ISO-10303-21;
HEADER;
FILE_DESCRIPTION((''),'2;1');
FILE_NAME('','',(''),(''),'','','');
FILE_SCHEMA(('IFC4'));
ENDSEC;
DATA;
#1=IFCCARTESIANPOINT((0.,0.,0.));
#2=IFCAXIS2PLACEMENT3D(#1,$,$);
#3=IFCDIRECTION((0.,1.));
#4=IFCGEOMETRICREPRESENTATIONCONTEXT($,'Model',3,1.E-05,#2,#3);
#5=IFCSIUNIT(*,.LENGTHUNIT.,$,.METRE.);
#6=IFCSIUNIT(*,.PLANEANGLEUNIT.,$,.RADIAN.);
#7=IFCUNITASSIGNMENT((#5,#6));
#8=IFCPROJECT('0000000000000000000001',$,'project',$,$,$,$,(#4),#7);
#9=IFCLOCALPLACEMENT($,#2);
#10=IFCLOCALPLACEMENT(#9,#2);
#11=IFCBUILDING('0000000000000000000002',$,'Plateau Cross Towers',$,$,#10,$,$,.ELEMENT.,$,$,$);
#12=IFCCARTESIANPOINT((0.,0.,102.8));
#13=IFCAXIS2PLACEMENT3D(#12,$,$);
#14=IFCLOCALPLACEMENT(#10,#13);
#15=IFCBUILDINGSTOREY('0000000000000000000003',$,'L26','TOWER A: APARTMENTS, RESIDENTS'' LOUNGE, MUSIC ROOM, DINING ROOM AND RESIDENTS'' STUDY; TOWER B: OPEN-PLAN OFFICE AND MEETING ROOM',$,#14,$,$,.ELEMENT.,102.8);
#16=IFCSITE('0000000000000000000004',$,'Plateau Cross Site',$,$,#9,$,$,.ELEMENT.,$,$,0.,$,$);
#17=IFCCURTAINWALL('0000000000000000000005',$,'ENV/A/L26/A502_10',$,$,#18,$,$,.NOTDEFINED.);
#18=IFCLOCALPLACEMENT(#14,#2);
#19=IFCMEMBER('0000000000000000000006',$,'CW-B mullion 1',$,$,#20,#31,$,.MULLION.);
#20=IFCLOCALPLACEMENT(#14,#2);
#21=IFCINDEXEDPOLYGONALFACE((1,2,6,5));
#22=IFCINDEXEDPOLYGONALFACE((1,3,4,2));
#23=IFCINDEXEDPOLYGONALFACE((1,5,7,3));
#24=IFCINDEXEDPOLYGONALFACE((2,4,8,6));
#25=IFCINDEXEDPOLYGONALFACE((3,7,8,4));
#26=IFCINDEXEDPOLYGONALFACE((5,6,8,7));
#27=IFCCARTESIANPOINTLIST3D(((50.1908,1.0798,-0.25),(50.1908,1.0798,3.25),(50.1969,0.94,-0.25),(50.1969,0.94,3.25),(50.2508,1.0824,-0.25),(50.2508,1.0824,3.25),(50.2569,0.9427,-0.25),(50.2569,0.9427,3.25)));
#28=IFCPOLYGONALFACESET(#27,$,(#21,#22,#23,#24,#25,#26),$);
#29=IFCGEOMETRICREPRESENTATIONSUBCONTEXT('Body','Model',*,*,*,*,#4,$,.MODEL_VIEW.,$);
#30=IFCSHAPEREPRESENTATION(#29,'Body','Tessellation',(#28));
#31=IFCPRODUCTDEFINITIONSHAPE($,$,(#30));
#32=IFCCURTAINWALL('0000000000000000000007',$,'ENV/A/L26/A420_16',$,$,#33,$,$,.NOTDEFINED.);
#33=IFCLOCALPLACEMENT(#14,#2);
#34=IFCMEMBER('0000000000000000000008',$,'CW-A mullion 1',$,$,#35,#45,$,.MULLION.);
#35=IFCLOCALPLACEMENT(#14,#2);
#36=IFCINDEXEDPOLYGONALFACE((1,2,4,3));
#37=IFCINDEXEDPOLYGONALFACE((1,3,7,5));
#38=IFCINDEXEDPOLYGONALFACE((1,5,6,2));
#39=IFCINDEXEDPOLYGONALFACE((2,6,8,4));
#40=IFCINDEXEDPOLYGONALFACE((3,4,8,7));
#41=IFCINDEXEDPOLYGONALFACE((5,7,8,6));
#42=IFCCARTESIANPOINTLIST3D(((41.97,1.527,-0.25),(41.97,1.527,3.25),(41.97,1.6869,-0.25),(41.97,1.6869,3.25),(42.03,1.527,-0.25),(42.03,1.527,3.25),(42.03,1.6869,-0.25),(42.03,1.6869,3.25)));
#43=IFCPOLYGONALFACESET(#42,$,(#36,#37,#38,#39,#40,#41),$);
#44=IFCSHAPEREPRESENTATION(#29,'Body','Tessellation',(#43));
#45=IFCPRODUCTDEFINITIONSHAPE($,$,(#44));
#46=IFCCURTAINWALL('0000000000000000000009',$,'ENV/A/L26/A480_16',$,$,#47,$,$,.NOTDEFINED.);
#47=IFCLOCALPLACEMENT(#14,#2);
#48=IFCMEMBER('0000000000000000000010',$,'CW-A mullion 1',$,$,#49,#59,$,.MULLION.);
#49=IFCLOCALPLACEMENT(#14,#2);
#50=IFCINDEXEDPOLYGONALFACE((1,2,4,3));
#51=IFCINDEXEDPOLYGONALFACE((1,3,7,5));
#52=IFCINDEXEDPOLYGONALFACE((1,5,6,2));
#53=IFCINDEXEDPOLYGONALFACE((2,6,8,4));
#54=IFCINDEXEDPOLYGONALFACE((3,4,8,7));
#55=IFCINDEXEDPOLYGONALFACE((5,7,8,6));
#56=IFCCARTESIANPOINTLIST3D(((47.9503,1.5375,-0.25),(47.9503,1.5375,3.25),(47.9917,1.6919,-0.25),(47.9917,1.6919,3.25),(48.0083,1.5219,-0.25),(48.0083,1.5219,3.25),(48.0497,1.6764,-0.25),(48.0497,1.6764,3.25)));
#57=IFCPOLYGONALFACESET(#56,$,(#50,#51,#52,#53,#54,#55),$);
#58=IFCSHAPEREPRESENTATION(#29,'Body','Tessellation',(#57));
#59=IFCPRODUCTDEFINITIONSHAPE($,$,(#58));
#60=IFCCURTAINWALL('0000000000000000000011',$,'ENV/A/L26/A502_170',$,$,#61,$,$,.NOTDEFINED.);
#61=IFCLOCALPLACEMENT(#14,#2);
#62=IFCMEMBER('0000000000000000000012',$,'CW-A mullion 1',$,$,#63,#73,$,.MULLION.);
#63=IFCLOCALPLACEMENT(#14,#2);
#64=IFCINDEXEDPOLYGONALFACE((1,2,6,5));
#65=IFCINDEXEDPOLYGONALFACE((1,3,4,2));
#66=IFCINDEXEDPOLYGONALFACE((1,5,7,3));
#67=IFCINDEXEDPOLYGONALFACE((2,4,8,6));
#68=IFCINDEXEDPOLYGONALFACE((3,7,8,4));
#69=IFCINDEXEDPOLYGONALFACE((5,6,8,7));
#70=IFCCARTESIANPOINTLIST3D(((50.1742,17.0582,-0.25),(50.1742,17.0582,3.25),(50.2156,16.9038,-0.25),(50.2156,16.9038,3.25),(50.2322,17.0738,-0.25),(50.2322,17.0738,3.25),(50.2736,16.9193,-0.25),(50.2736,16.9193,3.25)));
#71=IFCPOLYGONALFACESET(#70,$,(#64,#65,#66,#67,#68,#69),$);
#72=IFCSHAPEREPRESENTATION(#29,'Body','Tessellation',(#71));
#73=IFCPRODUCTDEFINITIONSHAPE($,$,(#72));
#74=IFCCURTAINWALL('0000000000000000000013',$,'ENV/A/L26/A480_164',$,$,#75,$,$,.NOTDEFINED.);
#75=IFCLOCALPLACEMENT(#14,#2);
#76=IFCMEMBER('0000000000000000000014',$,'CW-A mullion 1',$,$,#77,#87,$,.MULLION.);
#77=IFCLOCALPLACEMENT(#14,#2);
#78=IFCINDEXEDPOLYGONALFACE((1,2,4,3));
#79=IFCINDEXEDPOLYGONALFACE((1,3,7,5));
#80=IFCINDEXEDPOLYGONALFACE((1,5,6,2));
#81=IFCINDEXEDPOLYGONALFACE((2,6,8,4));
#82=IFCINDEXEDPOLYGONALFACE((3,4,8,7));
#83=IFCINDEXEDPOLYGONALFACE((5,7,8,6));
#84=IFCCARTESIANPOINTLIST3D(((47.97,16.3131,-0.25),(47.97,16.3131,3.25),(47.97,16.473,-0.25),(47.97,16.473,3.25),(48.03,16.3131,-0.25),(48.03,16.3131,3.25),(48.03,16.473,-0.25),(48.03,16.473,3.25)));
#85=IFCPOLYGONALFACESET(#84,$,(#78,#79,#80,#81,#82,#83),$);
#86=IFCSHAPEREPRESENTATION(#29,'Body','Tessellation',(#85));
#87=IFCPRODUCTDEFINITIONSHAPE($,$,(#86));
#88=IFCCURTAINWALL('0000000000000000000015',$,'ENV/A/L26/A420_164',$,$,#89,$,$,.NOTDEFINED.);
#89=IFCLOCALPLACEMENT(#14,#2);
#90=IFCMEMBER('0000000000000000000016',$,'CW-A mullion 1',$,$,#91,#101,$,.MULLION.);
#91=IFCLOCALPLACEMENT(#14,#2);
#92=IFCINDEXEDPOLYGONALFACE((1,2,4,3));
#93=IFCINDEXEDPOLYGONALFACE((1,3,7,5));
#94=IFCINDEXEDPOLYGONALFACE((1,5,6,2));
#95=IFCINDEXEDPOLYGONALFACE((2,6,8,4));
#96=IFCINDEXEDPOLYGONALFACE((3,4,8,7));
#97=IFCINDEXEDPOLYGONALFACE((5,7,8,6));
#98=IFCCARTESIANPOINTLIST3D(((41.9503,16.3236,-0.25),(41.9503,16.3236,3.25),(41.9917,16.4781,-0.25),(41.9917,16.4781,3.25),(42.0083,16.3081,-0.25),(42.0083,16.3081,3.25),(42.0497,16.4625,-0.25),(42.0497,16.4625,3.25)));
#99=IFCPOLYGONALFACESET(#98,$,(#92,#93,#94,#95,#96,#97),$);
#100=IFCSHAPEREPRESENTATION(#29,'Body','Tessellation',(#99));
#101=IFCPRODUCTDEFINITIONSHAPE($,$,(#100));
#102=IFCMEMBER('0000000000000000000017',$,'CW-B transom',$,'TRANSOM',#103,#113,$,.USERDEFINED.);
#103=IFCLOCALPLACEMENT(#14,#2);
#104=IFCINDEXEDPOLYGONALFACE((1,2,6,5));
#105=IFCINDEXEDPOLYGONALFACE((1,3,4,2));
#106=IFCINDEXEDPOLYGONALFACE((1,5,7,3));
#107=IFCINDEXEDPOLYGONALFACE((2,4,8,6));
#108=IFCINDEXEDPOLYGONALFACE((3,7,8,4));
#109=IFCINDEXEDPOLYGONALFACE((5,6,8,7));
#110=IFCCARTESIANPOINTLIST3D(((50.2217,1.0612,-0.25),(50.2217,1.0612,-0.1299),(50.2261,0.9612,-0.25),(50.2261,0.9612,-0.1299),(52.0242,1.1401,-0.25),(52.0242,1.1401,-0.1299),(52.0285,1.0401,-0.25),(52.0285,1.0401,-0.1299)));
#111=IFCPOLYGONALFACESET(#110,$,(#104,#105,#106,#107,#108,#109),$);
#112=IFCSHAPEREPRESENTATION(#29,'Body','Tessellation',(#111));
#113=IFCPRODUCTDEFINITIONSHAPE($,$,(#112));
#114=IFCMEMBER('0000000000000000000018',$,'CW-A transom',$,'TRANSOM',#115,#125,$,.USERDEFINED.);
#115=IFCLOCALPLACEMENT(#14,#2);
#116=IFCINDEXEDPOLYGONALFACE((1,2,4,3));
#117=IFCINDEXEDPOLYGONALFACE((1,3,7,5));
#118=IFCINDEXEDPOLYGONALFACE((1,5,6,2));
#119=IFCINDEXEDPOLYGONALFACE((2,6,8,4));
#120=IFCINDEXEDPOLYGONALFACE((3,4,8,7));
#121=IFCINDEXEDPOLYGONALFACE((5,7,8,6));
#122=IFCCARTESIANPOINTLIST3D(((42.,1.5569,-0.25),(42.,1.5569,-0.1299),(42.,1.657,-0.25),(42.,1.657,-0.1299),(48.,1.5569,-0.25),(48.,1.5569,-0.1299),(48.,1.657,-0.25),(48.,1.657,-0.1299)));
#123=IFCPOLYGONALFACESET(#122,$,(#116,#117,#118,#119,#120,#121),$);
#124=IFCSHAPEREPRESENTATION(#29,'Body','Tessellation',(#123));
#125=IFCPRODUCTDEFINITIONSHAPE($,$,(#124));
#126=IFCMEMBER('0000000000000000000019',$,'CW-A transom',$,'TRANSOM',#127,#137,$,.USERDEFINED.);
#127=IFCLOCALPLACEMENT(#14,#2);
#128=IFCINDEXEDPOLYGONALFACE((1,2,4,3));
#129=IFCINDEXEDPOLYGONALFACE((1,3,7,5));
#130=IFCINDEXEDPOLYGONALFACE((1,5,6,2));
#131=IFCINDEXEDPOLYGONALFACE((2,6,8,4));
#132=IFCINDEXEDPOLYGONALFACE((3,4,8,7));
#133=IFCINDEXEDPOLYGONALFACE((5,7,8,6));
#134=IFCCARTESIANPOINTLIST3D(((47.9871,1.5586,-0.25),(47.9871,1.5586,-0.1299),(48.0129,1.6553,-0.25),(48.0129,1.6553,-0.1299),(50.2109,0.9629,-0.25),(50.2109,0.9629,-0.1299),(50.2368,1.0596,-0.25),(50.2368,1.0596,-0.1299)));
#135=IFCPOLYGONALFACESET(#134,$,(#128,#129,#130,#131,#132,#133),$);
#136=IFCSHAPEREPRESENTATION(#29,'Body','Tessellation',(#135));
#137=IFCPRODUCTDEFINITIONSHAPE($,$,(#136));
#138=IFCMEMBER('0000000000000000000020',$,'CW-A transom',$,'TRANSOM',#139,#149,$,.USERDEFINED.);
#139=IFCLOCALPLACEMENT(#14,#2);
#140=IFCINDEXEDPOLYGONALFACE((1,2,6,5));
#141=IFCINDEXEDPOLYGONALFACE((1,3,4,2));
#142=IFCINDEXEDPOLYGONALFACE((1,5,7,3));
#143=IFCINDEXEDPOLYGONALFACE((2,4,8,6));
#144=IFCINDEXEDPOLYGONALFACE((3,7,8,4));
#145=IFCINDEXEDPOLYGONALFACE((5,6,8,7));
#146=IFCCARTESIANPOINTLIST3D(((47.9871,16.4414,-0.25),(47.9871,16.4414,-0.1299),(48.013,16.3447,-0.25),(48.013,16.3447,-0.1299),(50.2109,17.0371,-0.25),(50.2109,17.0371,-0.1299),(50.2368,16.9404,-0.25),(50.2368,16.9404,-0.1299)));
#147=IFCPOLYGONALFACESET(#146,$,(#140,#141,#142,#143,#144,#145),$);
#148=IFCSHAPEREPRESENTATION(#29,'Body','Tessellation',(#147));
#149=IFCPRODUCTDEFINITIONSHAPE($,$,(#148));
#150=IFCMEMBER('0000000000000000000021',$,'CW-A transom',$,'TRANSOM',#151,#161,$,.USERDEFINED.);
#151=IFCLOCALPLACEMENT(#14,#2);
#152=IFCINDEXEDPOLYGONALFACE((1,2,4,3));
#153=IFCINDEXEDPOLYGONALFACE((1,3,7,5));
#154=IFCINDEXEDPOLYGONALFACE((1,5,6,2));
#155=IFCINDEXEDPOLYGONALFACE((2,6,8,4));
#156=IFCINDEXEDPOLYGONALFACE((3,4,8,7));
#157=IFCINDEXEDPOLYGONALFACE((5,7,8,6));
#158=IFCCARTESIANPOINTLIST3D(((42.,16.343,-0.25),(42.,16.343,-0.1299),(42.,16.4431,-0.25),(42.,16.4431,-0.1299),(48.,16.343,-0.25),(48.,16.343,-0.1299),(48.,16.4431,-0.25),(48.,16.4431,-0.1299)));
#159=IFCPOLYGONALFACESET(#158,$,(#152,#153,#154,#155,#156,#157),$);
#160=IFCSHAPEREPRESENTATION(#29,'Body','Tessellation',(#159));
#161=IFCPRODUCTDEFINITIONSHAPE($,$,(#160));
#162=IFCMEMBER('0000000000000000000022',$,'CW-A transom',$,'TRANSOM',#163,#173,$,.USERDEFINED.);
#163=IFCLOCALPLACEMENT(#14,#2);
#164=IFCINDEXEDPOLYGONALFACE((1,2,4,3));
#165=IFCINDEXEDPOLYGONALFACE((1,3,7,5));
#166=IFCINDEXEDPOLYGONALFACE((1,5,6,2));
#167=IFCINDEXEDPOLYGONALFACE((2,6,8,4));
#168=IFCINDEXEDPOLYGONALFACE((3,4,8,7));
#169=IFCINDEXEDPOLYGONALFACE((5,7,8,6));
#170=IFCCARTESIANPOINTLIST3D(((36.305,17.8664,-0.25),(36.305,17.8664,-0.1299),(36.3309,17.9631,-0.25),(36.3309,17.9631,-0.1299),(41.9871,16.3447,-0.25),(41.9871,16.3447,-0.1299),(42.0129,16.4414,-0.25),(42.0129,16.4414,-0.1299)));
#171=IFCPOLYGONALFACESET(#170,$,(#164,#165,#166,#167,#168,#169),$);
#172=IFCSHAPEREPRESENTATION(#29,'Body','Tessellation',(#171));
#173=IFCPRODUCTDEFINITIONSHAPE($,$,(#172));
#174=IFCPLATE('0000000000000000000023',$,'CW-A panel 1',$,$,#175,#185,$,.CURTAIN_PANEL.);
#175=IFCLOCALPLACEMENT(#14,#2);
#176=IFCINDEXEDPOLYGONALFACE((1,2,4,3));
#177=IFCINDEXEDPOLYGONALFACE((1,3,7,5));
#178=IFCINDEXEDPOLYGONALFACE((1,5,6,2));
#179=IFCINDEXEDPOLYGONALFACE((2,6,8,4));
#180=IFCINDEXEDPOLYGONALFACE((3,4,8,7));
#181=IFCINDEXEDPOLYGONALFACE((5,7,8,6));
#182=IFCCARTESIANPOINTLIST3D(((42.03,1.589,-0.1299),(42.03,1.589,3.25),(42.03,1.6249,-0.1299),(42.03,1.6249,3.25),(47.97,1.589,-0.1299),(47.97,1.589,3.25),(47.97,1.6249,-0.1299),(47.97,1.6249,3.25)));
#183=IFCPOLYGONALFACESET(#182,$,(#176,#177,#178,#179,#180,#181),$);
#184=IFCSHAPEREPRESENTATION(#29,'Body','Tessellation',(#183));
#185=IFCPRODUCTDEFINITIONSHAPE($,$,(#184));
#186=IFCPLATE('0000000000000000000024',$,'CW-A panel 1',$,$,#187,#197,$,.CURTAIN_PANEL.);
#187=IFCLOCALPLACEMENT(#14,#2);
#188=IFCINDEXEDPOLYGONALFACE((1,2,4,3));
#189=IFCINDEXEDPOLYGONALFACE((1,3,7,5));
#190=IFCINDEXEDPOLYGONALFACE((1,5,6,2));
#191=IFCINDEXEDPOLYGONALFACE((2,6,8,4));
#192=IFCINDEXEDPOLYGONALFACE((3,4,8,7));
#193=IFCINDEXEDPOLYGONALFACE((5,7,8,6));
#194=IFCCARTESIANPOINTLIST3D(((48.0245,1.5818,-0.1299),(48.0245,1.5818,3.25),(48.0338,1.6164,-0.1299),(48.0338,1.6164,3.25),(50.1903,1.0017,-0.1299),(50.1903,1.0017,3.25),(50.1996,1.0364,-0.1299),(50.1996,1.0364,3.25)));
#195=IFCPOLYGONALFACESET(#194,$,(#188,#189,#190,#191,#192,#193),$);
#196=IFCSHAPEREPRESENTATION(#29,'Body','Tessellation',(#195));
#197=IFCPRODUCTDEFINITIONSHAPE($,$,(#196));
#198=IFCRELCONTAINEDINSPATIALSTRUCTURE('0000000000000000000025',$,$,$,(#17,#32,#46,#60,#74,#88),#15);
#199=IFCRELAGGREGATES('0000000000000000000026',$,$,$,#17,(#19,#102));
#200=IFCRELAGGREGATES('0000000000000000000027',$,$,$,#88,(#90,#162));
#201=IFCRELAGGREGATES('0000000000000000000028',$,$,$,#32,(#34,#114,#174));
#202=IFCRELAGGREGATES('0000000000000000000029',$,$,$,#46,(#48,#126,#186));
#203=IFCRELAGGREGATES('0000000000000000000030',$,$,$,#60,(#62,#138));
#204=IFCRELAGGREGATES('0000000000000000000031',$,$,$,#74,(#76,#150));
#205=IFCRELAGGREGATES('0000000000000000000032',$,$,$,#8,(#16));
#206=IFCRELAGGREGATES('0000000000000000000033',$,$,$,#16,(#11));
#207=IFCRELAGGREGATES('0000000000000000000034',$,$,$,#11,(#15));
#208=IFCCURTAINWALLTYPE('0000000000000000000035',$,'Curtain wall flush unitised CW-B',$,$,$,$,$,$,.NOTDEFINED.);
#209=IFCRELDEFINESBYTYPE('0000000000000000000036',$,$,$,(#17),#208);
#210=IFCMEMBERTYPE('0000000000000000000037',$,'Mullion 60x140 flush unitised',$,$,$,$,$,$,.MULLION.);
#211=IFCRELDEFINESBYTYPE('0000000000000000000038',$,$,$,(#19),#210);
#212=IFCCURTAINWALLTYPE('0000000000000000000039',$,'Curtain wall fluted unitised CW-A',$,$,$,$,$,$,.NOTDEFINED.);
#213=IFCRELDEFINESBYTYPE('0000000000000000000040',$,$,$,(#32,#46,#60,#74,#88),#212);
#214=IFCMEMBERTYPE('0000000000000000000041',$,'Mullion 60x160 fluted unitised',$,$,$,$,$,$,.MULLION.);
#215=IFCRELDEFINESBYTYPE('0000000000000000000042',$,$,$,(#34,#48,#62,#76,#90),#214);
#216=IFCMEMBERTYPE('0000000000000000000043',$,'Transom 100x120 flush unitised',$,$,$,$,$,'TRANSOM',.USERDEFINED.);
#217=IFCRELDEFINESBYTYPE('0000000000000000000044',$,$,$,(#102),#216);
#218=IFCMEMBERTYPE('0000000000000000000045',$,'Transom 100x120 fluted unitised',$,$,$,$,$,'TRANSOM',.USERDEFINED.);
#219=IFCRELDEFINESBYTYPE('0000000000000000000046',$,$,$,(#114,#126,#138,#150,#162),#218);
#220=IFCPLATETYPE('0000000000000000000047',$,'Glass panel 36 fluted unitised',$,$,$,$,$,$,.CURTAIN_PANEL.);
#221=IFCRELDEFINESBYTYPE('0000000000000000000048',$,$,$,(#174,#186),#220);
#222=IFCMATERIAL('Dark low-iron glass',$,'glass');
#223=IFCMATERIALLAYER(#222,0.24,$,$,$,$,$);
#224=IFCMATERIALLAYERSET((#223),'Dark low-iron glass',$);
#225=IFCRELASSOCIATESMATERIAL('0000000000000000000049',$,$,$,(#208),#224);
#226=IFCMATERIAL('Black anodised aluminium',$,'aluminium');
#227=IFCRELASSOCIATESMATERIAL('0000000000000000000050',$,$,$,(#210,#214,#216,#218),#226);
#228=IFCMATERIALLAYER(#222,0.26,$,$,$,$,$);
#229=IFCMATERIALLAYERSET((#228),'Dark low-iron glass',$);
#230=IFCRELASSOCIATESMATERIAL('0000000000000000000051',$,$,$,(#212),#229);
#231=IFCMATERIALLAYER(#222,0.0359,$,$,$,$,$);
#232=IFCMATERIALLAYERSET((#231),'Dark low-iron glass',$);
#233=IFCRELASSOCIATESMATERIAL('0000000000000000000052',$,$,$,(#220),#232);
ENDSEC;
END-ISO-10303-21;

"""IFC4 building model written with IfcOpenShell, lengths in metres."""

from ifc_helpers import new_model, si_unit, direction, frame, origin, origin_2d, place, context, subcontext, project, spatial, rectangle, extrude, material, layer, layer_set, material_profile, profile_set, type_object, element, aggregate, save


model = new_model("IFC4")

# Units and contexts
model_context = context("Model", 3, precision=1e-05, world=origin(), true_north=direction((0.0, 1.0)))
body_context = subcontext(model_context, "Body", "Model", "MODEL_VIEW")
ifc_project = project(units=[si_unit("LENGTHUNIT", "METRE"), si_unit("PLANEANGLEUNIT", "RADIAN")], contexts=[model_context])

# Site, building, storey
site_placement = place(None, origin())
site = spatial("IfcSite", under=ifc_project, at=site_placement, Name="Plateau Cross Site", CompositionType="ELEMENT", RefElevation=0.0)
building_placement = place(site_placement, origin())
building = spatial("IfcBuilding", under=site, at=building_placement, Name="Plateau Cross Towers", CompositionType="ELEMENT")
storey_placement = place(building_placement, frame((0.0, 0.0, 102.8)))
storey = spatial("IfcBuildingStorey", under=building, at=storey_placement, Name="L26", Description="TOWER A: APARTMENTS, RESIDENTS' LOUNGE, MUSIC ROOM, DINING ROOM AND RESIDENTS' STUDY; TOWER B: OPEN-PLAN OFFICE AND MEETING ROOM", CompositionType="ELEMENT", Elevation=102.8)

# Curtain walls, members
ifc_material_1 = material(Name="Dark low-iron glass", Category="glass")
ifc_layer_1 = layer(ifc_material_1, 0.24)
ifc_layer_set_1 = layer_set([ifc_layer_1], Name="Dark low-iron glass")
curtain_wall_type_1 = type_object("IfcCurtainWallType", Name="Curtain wall flush unitised CW-B", PredefinedType="NOTDEFINED", material=ifc_layer_set_1)
curtain_wall_1_placement = place(storey_placement, origin())
curtain_wall_1 = element("IfcCurtainWall", 1, at=curtain_wall_1_placement, inside=storey, type_object=curtain_wall_type_1, Name="ENV/A/L26/A502_10", PredefinedType="NOTDEFINED")
ifc_material_2 = material(Name="Black anodised aluminium", Category="aluminium")
ifc_material_profile_1 = material_profile(ifc_material_2, rectangle(XDim=0.0601, YDim=0.1399, at=origin_2d()), Name="MULLION 60x140")
ifc_profile_set_1 = profile_set([ifc_material_profile_1], Name="Black anodised aluminium")
member_type_1 = type_object("IfcMemberType", Name="Mullion 60x140 flush unitised", PredefinedType="MULLION", material=ifc_profile_set_1)
member_1_placement = place(storey_placement, frame((50.2239, 1.0112, -0.25), z_axis=(0.0, 0.0, 1.0), x_axis=(0.999044, 0.043723, 0.0)))
member_1 = element("IfcMember", 2, at=member_1_placement, type_object=member_type_1, Name="CW-B mullion 1", PredefinedType="MULLION", context=body_context, shape_type="SweptSolid", body=[
    extrude(rectangle(XDim=0.0601, YDim=0.1399, at=origin_2d()), origin(), (0.0, 0.0, 1.0), 3.5),
])
ifc_layer_2 = layer(ifc_material_1, 0.26)
ifc_layer_set_2 = layer_set([ifc_layer_2], Name="Dark low-iron glass")
curtain_wall_type_2 = type_object("IfcCurtainWallType", Name="Curtain wall fluted unitised CW-A", PredefinedType="NOTDEFINED", material=ifc_layer_set_2)
curtain_wall_2_placement = place(storey_placement, origin())
curtain_wall_2 = element("IfcCurtainWall", 3, at=curtain_wall_2_placement, inside=storey, type_object=curtain_wall_type_2, Name="ENV/A/L26/A420_16", PredefinedType="NOTDEFINED")
ifc_material_profile_2 = material_profile(ifc_material_2, rectangle(XDim=0.0601, YDim=0.1599, at=origin_2d()), Name="MULLION 60x160")
ifc_profile_set_2 = profile_set([ifc_material_profile_2], Name="Black anodised aluminium")
member_type_2 = type_object("IfcMemberType", Name="Mullion 60x160 fluted unitised", PredefinedType="MULLION", material=ifc_profile_set_2)
member_2_placement = place(storey_placement, frame((42.0, 1.6069, -0.25), z_axis=(0.0, 0.0, 1.0), x_axis=(1.0, 0.0, 0.0)))
member_2 = element("IfcMember", 4, at=member_2_placement, type_object=member_type_2, Name="CW-A mullion 1", PredefinedType="MULLION", context=body_context, shape_type="SweptSolid", body=[
    extrude(rectangle(XDim=0.0601, YDim=0.1599, at=origin_2d()), origin(), (0.0, 0.0, 1.0), 3.5),
])
curtain_wall_3_placement = place(storey_placement, origin())
curtain_wall_3 = element("IfcCurtainWall", 5, at=curtain_wall_3_placement, inside=storey, type_object=curtain_wall_type_2, Name="ENV/A/L26/A480_16", PredefinedType="NOTDEFINED")
member_3_placement = place(storey_placement, frame((48.0, 1.6069, -0.25), z_axis=(0.0, 0.0, 1.0), x_axis=(0.965958, -0.258699, 0.0)))
member_3 = element("IfcMember", 6, at=member_3_placement, type_object=member_type_2, Name="CW-A mullion 1", PredefinedType="MULLION", context=body_context, shape_type="SweptSolid", body=[
    extrude(rectangle(XDim=0.0601, YDim=0.1599, at=origin_2d()), origin(), (0.0, 0.0, 1.0), 3.5),
])
curtain_wall_4_placement = place(storey_placement, origin())
curtain_wall_4 = element("IfcCurtainWall", 7, at=curtain_wall_4_placement, inside=storey, type_object=curtain_wall_type_2, Name="ENV/A/L26/A502_170", PredefinedType="NOTDEFINED")
member_4_placement = place(storey_placement, frame((50.2239, 16.9888, -0.25), z_axis=(0.0, 0.0, 1.0), x_axis=(-0.965958, -0.258699, 0.0)))
member_4 = element("IfcMember", 8, at=member_4_placement, type_object=member_type_2, Name="CW-A mullion 1", PredefinedType="MULLION", context=body_context, shape_type="SweptSolid", body=[
    extrude(rectangle(XDim=0.0601, YDim=0.1599, at=origin_2d()), origin(), (0.0, 0.0, 1.0), 3.5),
])
curtain_wall_5_placement = place(storey_placement, origin())
curtain_wall_5 = element("IfcCurtainWall", 9, at=curtain_wall_5_placement, inside=storey, type_object=curtain_wall_type_2, Name="ENV/A/L26/A480_164", PredefinedType="NOTDEFINED")
member_5_placement = place(storey_placement, frame((48.0, 16.3931, -0.25), z_axis=(0.0, 0.0, 1.0), x_axis=(-1.0, 0.0, 0.0)))
member_5 = element("IfcMember", 10, at=member_5_placement, type_object=member_type_2, Name="CW-A mullion 1", PredefinedType="MULLION", context=body_context, shape_type="SweptSolid", body=[
    extrude(rectangle(XDim=0.0601, YDim=0.1599, at=origin_2d()), origin(), (0.0, 0.0, 1.0), 3.5),
])
curtain_wall_6_placement = place(storey_placement, origin())
curtain_wall_6 = element("IfcCurtainWall", 11, at=curtain_wall_6_placement, inside=storey, type_object=curtain_wall_type_2, Name="ENV/A/L26/A420_164", PredefinedType="NOTDEFINED")
member_6_placement = place(storey_placement, frame((42.0, 16.3931, -0.25), z_axis=(0.0, 0.0, 1.0), x_axis=(-0.965958, 0.258699, 0.0)))
member_6 = element("IfcMember", 12, at=member_6_placement, type_object=member_type_2, Name="CW-A mullion 1", PredefinedType="MULLION", context=body_context, shape_type="SweptSolid", body=[
    extrude(rectangle(XDim=0.0601, YDim=0.1599, at=origin_2d()), origin(), (0.0, 0.0, 1.0), 3.5),
])

# Members
ifc_material_profile_3 = material_profile(ifc_material_2, rectangle(XDim=0.1001, YDim=0.1201, at=origin_2d()), Name="TRANSOM 100x120")
ifc_profile_set_3 = profile_set([ifc_material_profile_3], Name="Black anodised aluminium")
member_type_3 = type_object("IfcMemberType", Name="Transom 100x120 flush unitised", ElementType="TRANSOM", PredefinedType="USERDEFINED", material=ifc_profile_set_3)
member_7_placement = place(storey_placement, frame((50.2239, 1.0112, -0.1899), z_axis=(0.999044, 0.043707, 0.0), x_axis=(-0.043707, 0.999044, 0.0)))
member_7 = element("IfcMember", 13, at=member_7_placement, type_object=member_type_3, Name="CW-B transom", ObjectType="TRANSOM", PredefinedType="USERDEFINED", context=body_context, shape_type="SweptSolid", body=[
    extrude(rectangle(XDim=0.1001, YDim=0.1201, at=origin_2d()), origin(), (0.0, 0.0, 1.0), 1.8042),
])
aggregate(curtain_wall_1, [member_1, member_7])
ifc_material_profile_4 = material_profile(ifc_material_2, rectangle(XDim=0.1001, YDim=0.1201, at=origin_2d()), Name="TRANSOM 100x120")
ifc_profile_set_4 = profile_set([ifc_material_profile_4], Name="Black anodised aluminium")
member_type_4 = type_object("IfcMemberType", Name="Transom 100x120 fluted unitised", ElementType="TRANSOM", PredefinedType="USERDEFINED", material=ifc_profile_set_4)
member_8_placement = place(storey_placement, frame((42.0, 1.6069, -0.1899), z_axis=(1.0, 0.0, 0.0), x_axis=(0.0, 1.0, 0.0)))
member_8 = element("IfcMember", 14, at=member_8_placement, type_object=member_type_4, Name="CW-A transom", ObjectType="TRANSOM", PredefinedType="USERDEFINED", context=body_context, shape_type="SweptSolid", body=[
    extrude(rectangle(XDim=0.1001, YDim=0.1201, at=origin_2d()), origin(), (0.0, 0.0, 1.0), 6.0),
])
member_9_placement = place(storey_placement, frame((48.0, 1.6069, -0.1899), z_axis=(0.965946, -0.258745, 0.0), x_axis=(0.258745, 0.965946, 0.0)))
member_9 = element("IfcMember", 15, at=member_9_placement, type_object=member_type_4, Name="CW-A transom", ObjectType="TRANSOM", PredefinedType="USERDEFINED", context=body_context, shape_type="SweptSolid", body=[
    extrude(rectangle(XDim=0.1001, YDim=0.1201, at=origin_2d()), origin(), (0.0, 0.0, 1.0), 2.3022),
])
member_10_placement = place(storey_placement, frame((50.2239, 16.9888, -0.1899), z_axis=(-0.965946, -0.258745, 0.0), x_axis=(0.258745, -0.965946, 0.0)))
member_10 = element("IfcMember", 16, at=member_10_placement, type_object=member_type_4, Name="CW-A transom", ObjectType="TRANSOM", PredefinedType="USERDEFINED", context=body_context, shape_type="SweptSolid", body=[
    extrude(rectangle(XDim=0.1001, YDim=0.1201, at=origin_2d()), origin(), (0.0, 0.0, 1.0), 2.3022),
])
member_11_placement = place(storey_placement, frame((48.0, 16.3931, -0.1899), z_axis=(-1.0, 0.0, 0.0), x_axis=(0.0, -1.0, 0.0)))
member_11 = element("IfcMember", 17, at=member_11_placement, type_object=member_type_4, Name="CW-A transom", ObjectType="TRANSOM", PredefinedType="USERDEFINED", context=body_context, shape_type="SweptSolid", body=[
    extrude(rectangle(XDim=0.1001, YDim=0.1201, at=origin_2d()), origin(), (0.0, 0.0, 1.0), 6.0),
])
member_12_placement = place(storey_placement, frame((42.0, 16.3931, -0.1899), z_axis=(-0.96596, 0.258693, 0.0), x_axis=(-0.258693, -0.96596, 0.0)))
member_12 = element("IfcMember", 18, at=member_12_placement, type_object=member_type_4, Name="CW-A transom", ObjectType="TRANSOM", PredefinedType="USERDEFINED", context=body_context, shape_type="SweptSolid", body=[
    extrude(rectangle(XDim=0.1001, YDim=0.1201, at=origin_2d()), origin(), (0.0, 0.0, 1.0), 5.8823),
])
aggregate(curtain_wall_6, [member_6, member_12])

# Plates
ifc_layer_3 = layer(ifc_material_1, 0.0359)
ifc_layer_set_3 = layer_set([ifc_layer_3], Name="Dark low-iron glass")
plate_type = type_object("IfcPlateType", Name="Glass panel 36 fluted unitised", PredefinedType="CURTAIN_PANEL", material=ifc_layer_set_3)
plate_1_placement = place(storey_placement, frame((45.0, 1.6069, -0.1299), z_axis=(0.0, 0.0, 1.0), x_axis=(1.0, 0.0, 0.0)))
plate_1 = element("IfcPlate", 19, at=plate_1_placement, type_object=plate_type, Name="CW-A panel 1", PredefinedType="CURTAIN_PANEL", context=body_context, shape_type="SweptSolid", body=[
    extrude(rectangle(XDim=5.9399, YDim=0.0359, at=origin_2d()), origin(), (0.0, 0.0, 1.0), 3.3799),
])
aggregate(curtain_wall_2, [member_2, member_8, plate_1])
plate_2_placement = place(storey_placement, frame((49.1121, 1.3091, -0.1299), z_axis=(0.0, 0.0, 1.0), x_axis=(0.965958, -0.258699, 0.0)))
plate_2 = element("IfcPlate", 20, at=plate_2_placement, type_object=plate_type, Name="CW-A panel 1", PredefinedType="CURTAIN_PANEL", context=body_context, shape_type="SweptSolid", body=[
    extrude(rectangle(XDim=2.2422, YDim=0.0359, at=origin_2d()), origin(), (0.0, 0.0, 1.0), 3.3799),
])
aggregate(curtain_wall_3, [member_3, member_9, plate_2])
aggregate(curtain_wall_4, [member_4, member_10])
aggregate(curtain_wall_5, [member_5, member_11])

save(model, "model.ifc")
